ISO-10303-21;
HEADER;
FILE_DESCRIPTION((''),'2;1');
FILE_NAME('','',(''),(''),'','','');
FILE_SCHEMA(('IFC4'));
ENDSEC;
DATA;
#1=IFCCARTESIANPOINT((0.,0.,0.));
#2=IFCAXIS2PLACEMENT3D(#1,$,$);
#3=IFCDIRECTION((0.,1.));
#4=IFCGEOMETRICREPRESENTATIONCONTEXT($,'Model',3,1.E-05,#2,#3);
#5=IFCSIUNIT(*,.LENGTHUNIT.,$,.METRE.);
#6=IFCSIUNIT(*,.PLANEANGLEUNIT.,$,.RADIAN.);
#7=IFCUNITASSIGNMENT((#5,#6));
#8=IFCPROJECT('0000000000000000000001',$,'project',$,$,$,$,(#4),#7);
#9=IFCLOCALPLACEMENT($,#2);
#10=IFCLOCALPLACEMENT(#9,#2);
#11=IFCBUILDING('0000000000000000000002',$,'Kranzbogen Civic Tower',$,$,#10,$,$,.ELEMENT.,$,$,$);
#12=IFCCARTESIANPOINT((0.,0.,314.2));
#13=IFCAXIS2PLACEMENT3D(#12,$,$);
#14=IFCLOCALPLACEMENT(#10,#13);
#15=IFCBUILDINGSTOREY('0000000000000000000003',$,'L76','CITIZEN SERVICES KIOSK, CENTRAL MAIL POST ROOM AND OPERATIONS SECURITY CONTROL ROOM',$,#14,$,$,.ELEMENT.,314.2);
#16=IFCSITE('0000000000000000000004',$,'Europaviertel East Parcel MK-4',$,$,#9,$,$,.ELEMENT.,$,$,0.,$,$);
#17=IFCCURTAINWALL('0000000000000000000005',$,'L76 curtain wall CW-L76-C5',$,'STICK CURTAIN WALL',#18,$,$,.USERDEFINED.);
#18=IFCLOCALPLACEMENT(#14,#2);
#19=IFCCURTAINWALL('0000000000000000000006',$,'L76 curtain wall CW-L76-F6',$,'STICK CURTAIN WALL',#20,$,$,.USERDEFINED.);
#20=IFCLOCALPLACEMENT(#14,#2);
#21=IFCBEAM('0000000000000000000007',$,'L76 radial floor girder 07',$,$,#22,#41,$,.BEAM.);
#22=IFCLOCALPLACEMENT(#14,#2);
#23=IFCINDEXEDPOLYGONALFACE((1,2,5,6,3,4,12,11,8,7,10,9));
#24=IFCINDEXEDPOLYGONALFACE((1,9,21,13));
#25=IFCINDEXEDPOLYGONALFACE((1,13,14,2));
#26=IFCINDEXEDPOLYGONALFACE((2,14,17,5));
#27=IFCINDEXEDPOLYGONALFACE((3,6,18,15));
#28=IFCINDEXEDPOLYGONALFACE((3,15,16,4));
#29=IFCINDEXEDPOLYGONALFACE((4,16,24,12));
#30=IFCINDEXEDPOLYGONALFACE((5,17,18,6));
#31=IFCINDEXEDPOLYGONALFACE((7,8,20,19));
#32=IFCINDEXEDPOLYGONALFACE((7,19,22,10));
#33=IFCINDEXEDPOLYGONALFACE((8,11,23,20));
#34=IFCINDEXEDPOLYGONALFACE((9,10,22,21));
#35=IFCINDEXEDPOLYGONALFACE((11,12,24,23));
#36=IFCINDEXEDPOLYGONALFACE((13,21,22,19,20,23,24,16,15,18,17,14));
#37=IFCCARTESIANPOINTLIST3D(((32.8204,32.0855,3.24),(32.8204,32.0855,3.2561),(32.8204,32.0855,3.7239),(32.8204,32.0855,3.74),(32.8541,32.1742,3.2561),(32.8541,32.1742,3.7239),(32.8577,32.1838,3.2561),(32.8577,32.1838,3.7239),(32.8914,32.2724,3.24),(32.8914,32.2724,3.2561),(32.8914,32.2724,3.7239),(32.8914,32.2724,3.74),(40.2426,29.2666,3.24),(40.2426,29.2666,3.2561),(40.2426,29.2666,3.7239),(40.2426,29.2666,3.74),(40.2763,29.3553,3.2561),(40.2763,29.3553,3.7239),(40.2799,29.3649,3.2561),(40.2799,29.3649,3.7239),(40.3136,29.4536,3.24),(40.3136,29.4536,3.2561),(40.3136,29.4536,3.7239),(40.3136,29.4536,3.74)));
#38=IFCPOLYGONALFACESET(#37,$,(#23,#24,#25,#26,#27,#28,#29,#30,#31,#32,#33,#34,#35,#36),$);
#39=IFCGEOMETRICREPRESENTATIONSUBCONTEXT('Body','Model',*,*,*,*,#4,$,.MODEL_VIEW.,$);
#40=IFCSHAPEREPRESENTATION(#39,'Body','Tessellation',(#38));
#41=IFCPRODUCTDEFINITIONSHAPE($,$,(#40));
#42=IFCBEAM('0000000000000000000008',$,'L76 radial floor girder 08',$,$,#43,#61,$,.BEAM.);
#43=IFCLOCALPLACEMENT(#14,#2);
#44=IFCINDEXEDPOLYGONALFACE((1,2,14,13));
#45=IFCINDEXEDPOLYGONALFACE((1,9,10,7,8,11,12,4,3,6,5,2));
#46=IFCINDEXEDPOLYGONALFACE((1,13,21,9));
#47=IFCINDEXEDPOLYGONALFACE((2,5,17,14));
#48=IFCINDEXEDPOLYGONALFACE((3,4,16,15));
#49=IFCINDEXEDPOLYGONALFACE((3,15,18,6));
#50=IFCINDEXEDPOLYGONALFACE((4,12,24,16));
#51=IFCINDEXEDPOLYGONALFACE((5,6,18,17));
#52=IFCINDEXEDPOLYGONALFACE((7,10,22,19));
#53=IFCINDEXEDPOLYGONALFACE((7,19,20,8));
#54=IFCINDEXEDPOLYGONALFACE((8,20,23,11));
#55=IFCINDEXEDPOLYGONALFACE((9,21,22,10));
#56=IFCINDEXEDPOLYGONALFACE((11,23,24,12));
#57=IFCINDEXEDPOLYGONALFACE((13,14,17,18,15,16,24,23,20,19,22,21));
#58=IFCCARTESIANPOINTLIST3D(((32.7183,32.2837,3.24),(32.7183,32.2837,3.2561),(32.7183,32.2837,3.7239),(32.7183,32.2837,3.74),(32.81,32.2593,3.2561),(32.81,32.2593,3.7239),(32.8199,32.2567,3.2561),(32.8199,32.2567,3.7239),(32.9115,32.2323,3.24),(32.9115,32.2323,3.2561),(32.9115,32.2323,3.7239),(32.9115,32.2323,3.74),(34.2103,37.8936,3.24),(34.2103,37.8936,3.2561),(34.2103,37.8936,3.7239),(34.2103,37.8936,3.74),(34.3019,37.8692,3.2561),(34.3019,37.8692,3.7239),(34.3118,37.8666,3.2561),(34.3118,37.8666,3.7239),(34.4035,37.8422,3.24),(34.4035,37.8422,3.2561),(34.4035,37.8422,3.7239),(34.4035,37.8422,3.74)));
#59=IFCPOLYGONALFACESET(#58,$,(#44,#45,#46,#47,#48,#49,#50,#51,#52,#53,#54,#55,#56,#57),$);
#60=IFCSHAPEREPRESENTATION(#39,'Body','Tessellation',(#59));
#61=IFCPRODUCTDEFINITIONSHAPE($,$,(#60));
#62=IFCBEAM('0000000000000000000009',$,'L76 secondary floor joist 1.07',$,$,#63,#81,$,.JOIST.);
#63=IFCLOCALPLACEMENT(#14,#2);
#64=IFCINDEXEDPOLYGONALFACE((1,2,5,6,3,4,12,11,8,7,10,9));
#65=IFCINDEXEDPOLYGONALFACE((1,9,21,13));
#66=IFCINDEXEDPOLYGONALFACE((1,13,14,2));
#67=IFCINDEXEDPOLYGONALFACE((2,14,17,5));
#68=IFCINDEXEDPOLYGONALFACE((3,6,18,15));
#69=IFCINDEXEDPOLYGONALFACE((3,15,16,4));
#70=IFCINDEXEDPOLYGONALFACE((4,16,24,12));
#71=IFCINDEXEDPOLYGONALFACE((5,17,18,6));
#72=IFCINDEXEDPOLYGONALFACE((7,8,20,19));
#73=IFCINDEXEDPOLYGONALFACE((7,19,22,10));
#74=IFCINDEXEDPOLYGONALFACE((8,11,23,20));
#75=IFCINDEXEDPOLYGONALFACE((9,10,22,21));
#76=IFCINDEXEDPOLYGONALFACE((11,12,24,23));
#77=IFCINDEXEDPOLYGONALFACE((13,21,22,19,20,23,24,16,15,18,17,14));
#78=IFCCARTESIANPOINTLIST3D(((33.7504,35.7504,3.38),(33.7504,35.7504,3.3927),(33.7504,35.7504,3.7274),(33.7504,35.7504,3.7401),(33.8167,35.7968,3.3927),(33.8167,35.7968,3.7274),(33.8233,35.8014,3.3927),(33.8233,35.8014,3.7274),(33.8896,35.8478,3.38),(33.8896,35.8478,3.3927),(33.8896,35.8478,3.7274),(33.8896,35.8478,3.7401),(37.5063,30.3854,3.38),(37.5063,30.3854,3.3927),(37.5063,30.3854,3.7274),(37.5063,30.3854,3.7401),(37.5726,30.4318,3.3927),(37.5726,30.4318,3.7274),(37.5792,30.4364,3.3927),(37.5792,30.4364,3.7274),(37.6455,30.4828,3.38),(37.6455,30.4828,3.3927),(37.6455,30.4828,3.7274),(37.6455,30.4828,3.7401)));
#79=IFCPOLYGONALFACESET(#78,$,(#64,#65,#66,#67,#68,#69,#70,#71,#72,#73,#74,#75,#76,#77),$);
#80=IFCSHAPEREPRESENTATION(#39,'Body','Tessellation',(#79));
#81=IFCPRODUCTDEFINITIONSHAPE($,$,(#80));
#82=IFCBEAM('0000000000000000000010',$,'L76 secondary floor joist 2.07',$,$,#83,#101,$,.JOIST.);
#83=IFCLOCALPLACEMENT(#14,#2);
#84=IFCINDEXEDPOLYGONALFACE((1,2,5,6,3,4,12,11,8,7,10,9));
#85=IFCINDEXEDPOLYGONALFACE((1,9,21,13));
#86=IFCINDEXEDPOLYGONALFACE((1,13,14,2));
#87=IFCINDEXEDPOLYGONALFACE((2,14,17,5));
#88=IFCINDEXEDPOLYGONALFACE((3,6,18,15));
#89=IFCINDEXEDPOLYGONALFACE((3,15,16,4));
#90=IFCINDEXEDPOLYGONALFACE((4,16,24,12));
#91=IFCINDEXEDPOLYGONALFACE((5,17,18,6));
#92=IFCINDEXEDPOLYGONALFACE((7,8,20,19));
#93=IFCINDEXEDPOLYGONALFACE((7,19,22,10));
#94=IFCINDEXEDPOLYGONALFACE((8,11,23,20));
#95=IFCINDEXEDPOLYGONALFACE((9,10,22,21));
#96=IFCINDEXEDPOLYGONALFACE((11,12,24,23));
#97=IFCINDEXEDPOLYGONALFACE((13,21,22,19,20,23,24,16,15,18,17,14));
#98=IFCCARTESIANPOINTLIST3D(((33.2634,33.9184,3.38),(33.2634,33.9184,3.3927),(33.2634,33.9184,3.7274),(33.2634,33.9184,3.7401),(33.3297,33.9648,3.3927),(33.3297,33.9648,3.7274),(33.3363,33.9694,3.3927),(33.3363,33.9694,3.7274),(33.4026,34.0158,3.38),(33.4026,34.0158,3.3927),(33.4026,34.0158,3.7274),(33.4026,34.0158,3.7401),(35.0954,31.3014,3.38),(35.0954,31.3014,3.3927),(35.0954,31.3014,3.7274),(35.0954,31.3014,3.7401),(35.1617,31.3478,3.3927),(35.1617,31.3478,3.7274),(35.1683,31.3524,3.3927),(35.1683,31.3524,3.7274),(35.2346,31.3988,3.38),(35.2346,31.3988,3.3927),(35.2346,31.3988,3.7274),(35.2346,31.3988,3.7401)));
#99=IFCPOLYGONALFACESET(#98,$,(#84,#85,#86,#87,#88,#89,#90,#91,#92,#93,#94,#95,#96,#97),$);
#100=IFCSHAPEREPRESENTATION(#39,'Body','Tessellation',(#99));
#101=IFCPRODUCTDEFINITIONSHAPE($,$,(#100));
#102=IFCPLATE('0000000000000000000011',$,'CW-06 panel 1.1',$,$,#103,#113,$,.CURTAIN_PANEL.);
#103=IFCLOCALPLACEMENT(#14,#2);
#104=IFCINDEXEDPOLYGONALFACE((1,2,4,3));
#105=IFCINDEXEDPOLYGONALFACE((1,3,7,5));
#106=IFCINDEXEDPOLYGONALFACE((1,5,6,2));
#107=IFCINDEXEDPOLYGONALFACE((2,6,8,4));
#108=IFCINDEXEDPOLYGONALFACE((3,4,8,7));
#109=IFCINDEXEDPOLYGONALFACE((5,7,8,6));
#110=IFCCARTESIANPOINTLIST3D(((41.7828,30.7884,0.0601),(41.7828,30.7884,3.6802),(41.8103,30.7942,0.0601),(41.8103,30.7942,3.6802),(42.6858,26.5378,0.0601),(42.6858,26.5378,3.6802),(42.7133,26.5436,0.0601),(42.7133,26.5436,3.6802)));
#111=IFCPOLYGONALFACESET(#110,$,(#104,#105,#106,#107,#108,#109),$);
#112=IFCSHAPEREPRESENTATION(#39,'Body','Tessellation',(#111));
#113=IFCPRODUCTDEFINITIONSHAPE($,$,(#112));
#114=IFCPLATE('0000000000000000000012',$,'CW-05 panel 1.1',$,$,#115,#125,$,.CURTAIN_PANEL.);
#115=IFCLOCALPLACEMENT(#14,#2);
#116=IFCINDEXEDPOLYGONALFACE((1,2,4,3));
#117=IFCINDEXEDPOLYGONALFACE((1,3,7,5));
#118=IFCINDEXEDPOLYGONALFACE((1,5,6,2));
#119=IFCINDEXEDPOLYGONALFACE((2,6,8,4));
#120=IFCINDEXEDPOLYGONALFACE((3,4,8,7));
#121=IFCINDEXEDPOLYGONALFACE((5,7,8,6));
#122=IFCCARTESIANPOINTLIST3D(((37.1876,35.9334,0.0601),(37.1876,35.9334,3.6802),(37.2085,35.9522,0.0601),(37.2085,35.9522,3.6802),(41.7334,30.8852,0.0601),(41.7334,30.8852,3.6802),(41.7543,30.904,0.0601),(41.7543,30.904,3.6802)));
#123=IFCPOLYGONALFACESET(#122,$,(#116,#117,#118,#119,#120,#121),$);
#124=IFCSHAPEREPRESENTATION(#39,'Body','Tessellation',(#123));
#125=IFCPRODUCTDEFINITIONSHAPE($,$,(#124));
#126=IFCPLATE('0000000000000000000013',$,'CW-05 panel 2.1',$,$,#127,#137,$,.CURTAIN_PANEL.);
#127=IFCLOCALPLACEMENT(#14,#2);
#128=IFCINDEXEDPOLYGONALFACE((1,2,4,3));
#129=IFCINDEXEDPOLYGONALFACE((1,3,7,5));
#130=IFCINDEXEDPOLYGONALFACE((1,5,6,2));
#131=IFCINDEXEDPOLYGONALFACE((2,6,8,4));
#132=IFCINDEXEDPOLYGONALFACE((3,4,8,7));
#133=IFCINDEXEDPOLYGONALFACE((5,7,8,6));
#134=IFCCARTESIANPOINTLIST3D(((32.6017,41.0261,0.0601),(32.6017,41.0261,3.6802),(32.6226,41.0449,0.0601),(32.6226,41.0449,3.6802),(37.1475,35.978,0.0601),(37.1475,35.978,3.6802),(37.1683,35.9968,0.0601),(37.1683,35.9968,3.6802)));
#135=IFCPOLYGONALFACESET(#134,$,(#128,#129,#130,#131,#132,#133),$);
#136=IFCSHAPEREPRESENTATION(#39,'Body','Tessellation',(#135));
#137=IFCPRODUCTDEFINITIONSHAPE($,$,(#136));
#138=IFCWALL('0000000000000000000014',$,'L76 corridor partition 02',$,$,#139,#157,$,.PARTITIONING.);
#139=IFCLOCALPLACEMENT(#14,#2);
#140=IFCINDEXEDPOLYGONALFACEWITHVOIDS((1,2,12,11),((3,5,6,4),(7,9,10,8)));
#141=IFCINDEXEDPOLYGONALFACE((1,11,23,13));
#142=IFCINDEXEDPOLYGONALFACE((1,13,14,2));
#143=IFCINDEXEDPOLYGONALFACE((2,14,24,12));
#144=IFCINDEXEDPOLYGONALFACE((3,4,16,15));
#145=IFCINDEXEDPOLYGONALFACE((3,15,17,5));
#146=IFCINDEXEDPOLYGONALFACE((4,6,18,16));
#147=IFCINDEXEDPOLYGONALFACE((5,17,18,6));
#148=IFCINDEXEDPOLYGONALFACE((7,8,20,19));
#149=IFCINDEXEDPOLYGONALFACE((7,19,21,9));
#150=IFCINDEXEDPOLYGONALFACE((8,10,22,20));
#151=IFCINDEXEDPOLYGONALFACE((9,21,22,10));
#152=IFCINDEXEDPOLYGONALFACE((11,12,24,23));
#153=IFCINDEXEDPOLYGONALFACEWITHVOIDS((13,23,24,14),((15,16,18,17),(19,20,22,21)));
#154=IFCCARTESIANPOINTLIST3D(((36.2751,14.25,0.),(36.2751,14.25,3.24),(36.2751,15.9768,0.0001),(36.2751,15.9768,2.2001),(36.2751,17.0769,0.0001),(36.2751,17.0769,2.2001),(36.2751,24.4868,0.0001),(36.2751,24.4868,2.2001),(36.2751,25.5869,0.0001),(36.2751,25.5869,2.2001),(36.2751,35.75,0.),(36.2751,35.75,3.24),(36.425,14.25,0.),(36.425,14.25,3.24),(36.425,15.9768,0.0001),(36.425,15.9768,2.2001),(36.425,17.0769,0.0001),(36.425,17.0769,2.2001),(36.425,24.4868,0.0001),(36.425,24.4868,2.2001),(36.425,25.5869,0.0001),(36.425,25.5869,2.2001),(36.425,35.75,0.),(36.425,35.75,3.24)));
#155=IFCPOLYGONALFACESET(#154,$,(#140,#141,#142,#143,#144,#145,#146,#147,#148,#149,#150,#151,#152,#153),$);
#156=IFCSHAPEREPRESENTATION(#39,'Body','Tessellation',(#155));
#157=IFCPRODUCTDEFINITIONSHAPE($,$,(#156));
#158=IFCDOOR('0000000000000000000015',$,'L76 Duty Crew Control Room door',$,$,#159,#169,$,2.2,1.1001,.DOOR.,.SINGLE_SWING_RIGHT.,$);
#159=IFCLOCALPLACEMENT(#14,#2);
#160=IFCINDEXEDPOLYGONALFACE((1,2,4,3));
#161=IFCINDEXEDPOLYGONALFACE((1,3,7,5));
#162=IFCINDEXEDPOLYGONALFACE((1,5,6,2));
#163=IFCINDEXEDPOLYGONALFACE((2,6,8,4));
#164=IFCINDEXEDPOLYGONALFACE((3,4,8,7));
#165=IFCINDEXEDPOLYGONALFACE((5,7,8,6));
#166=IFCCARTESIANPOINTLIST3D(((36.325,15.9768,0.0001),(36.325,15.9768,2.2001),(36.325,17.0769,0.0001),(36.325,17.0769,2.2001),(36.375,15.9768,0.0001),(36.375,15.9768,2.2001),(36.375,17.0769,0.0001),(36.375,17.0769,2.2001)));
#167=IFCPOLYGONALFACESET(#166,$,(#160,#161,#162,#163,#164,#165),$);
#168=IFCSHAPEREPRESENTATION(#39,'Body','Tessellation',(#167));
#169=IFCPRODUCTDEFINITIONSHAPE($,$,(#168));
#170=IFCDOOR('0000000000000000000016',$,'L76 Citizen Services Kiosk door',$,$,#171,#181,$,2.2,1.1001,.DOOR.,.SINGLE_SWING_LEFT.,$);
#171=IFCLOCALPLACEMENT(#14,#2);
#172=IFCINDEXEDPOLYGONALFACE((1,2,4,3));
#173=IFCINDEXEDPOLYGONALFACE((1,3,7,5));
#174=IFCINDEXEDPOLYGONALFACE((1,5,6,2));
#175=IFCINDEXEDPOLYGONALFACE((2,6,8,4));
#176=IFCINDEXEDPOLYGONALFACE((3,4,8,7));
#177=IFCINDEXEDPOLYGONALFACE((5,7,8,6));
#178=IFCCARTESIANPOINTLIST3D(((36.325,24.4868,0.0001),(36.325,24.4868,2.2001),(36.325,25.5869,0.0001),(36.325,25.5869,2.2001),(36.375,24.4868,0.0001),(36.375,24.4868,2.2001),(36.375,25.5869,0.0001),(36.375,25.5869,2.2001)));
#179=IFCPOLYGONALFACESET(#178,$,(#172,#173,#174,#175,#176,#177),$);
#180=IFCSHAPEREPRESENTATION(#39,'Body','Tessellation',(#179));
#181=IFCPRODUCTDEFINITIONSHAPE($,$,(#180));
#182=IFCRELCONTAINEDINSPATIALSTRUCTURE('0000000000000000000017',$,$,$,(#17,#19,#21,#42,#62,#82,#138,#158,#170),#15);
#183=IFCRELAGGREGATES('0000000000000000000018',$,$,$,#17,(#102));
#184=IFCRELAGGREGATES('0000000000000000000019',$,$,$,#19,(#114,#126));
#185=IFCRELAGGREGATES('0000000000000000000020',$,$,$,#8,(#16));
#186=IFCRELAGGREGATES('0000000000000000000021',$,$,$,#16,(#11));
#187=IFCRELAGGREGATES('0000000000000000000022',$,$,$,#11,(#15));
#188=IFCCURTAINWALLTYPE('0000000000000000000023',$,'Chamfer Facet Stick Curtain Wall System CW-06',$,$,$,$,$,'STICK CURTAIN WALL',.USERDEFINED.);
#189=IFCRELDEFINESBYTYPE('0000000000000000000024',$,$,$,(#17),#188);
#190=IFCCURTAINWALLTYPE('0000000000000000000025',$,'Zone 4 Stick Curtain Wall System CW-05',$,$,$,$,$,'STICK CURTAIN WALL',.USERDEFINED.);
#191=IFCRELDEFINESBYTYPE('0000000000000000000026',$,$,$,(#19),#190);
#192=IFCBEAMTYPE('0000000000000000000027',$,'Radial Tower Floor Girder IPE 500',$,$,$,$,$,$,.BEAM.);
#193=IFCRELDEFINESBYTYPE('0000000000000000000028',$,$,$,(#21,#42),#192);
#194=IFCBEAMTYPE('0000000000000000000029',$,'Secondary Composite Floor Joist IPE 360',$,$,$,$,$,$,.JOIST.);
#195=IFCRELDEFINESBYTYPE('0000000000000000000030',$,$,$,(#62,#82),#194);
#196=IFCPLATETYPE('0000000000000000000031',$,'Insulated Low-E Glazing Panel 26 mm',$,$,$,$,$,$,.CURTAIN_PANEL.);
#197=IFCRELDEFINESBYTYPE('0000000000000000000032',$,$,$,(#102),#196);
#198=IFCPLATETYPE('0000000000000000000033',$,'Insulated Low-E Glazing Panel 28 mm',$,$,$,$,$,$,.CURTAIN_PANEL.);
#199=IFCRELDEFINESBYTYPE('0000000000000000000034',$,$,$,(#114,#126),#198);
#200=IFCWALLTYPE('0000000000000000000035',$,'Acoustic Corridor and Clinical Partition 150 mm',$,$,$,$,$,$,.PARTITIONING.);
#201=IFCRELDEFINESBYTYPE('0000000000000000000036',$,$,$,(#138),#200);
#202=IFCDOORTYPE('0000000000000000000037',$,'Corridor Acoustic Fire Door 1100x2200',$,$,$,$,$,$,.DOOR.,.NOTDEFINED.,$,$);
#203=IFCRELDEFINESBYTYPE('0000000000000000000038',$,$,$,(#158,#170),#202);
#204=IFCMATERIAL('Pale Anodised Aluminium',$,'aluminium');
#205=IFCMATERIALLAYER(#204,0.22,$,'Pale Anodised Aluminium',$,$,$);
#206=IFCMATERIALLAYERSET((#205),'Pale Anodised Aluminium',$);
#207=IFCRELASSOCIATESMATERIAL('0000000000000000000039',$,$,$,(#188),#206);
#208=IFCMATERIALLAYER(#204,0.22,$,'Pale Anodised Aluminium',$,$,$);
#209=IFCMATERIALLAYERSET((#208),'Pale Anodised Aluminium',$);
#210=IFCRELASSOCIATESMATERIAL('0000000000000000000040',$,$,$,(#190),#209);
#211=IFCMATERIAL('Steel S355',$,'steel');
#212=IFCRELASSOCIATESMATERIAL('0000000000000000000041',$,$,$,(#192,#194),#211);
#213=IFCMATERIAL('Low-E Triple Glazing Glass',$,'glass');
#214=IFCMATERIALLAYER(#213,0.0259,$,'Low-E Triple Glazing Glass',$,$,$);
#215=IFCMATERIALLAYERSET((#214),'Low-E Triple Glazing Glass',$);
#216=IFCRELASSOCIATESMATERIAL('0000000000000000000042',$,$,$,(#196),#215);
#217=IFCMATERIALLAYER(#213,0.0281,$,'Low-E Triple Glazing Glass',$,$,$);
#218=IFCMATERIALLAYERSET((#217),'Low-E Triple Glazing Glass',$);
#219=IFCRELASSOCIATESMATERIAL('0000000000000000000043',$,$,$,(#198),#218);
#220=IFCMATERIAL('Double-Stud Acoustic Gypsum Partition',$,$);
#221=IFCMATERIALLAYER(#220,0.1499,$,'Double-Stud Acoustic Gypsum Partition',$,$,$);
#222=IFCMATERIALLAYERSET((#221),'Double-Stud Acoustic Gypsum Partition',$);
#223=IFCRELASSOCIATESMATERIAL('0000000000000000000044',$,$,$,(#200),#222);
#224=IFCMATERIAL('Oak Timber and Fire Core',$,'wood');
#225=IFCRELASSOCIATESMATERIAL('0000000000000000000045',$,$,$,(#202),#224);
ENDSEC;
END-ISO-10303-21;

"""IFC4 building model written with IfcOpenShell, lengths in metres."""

from ifc_helpers import new_model, si_unit, direction, frame, frame_2d, origin, origin_2d, place, context, subcontext, project, spatial, rectangle, i_section, extrude, material, layer, layer_set, material_profile, profile_set, type_object, element, fill, aggregate, save


model = new_model("IFC4")

# Units and contexts
model_context = context("Model", 3, precision=1e-05, world=origin(), true_north=direction((0.0, 1.0)))
body_context = subcontext(model_context, "Body", "Model", "MODEL_VIEW")
ifc_project = project(units=[si_unit("LENGTHUNIT", "METRE"), si_unit("PLANEANGLEUNIT", "RADIAN")], contexts=[model_context])

# Site, building, storey
site_placement = place(None, origin())
site = spatial("IfcSite", under=ifc_project, at=site_placement, Name="Europaviertel East Parcel MK-4", CompositionType="ELEMENT", RefElevation=0.0)
building_placement = place(site_placement, origin())
building = spatial("IfcBuilding", under=site, at=building_placement, Name="Kranzbogen Civic Tower", CompositionType="ELEMENT")
storey_placement = place(building_placement, frame((0.0, 0.0, 314.2)))
storey = spatial("IfcBuildingStorey", under=building, at=storey_placement, Name="L76", Description="CITIZEN SERVICES KIOSK, CENTRAL MAIL POST ROOM AND OPERATIONS SECURITY CONTROL ROOM", CompositionType="ELEMENT", Elevation=314.2)

# Shared definitions
ifc_material_1 = material(Name="Steel S355", Category="steel")

# Curtain wall
ifc_material_2 = material(Name="Pale Anodised Aluminium", Category="aluminium")
ifc_layer_1 = layer(ifc_material_2, 0.22, Name="Pale Anodised Aluminium")
ifc_layer_set_1 = layer_set([ifc_layer_1], Name="Pale Anodised Aluminium")
curtain_wall_type_1 = type_object("IfcCurtainWallType", Name="Chamfer Facet Stick Curtain Wall System CW-06", ElementType="STICK CURTAIN WALL", PredefinedType="USERDEFINED", material=ifc_layer_set_1)
curtain_wall_1_placement = place(storey_placement, origin())
curtain_wall_1 = element("IfcCurtainWall", 1, at=curtain_wall_1_placement, inside=storey, type_object=curtain_wall_type_1, Name="L76 curtain wall CW-L76-C5", ObjectType="STICK CURTAIN WALL", PredefinedType="USERDEFINED")

# Curtain wall
ifc_layer_2 = layer(ifc_material_2, 0.22, Name="Pale Anodised Aluminium")
ifc_layer_set_2 = layer_set([ifc_layer_2], Name="Pale Anodised Aluminium")
curtain_wall_type_2 = type_object("IfcCurtainWallType", Name="Zone 4 Stick Curtain Wall System CW-05", ElementType="STICK CURTAIN WALL", PredefinedType="USERDEFINED", material=ifc_layer_set_2)
curtain_wall_2_placement = place(storey_placement, origin())
curtain_wall_2 = element("IfcCurtainWall", 2, at=curtain_wall_2_placement, inside=storey, type_object=curtain_wall_type_2, Name="L76 curtain wall CW-L76-F6", ObjectType="STICK CURTAIN WALL", PredefinedType="USERDEFINED")

# Beams
ifc_material_profile_1 = material_profile(ifc_material_1, i_section(OverallWidth=0.2, OverallDepth=0.5, WebThickness=0.0103, FlangeThickness=0.0161, at=origin_2d()), Name="IPE 500")
ifc_profile_set_1 = profile_set([ifc_material_profile_1], Name="Steel S355")
beam_type_1 = type_object("IfcBeamType", Name="Radial Tower Floor Girder IPE 500", PredefinedType="BEAM", material=ifc_profile_set_1)
beam_1_placement = place(storey_placement, frame((40.2781, 29.3601, 3.49), z_axis=(-0.934849, 0.355046, 0.0), x_axis=(-0.355046, -0.934849, 0.0)))
element("IfcBeam", 3, at=beam_1_placement, inside=storey, type_object=beam_type_1, Name="L76 radial floor girder 07", PredefinedType="BEAM", context=body_context, shape_type="SweptSolid", body=[
    extrude(i_section(OverallWidth=0.2, OverallDepth=0.5, WebThickness=0.0103, FlangeThickness=0.0161, at=origin_2d()), origin(), (0.0, 0.0, 1.0), 7.9395),
])
beam_2_placement = place(storey_placement, frame((34.3069, 37.8679, 3.49), z_axis=(-0.257016, -0.966407, 0.0), x_axis=(0.966407, -0.257016, 0.0)))
element("IfcBeam", 4, at=beam_2_placement, inside=storey, type_object=beam_type_1, Name="L76 radial floor girder 08", PredefinedType="BEAM", context=body_context, shape_type="SweptSolid", body=[
    extrude(i_section(OverallWidth=0.2, OverallDepth=0.5, WebThickness=0.0103, FlangeThickness=0.0161, at=origin_2d()), origin(), (0.0, 0.0, 1.0), 5.8049),
])
ifc_material_profile_2 = material_profile(ifc_material_1, i_section(OverallWidth=0.1699, OverallDepth=0.3601, WebThickness=0.0081, FlangeThickness=0.0127, at=origin_2d()), Name="IPE 360")
ifc_profile_set_2 = profile_set([ifc_material_profile_2], Name="Steel S355")
beam_type_2 = type_object("IfcBeamType", Name="Secondary Composite Floor Joist IPE 360", PredefinedType="JOIST", material=ifc_profile_set_2)
beam_3_placement = place(storey_placement, frame((37.5759, 30.4341, 3.5601), z_axis=(-0.5735, 0.819206, 0.0), x_axis=(-0.819206, -0.5735, 0.0)))
element("IfcBeam", 5, at=beam_3_placement, inside=storey, type_object=beam_type_2, Name="L76 secondary floor joist 1.07", PredefinedType="JOIST", context=body_context, shape_type="SweptSolid", body=[
    extrude(i_section(OverallWidth=0.1699, OverallDepth=0.3601, WebThickness=0.0081, FlangeThickness=0.0127, at=origin_2d()), origin(), (0.0, 0.0, 1.0), 6.5491),
])
beam_4_placement = place(storey_placement, frame((35.165, 31.3501, 3.5601), z_axis=(-0.573498, 0.819207, 0.0), x_axis=(-0.819207, -0.573498, 0.0)))
element("IfcBeam", 6, at=beam_4_placement, inside=storey, type_object=beam_type_2, Name="L76 secondary floor joist 2.07", PredefinedType="JOIST", context=body_context, shape_type="SweptSolid", body=[
    extrude(i_section(OverallWidth=0.1699, OverallDepth=0.3601, WebThickness=0.0081, FlangeThickness=0.0127, at=origin_2d()), origin(), (0.0, 0.0, 1.0), 3.1946),
])

# Plates
ifc_material_3 = material(Name="Low-E Triple Glazing Glass", Category="glass")
ifc_layer_3 = layer(ifc_material_3, 0.0259, Name="Low-E Triple Glazing Glass")
ifc_layer_set_3 = layer_set([ifc_layer_3], Name="Low-E Triple Glazing Glass")
plate_type_1 = type_object("IfcPlateType", Name="Insulated Low-E Glazing Panel 26 mm", PredefinedType="CURTAIN_PANEL", material=ifc_layer_set_3)
plate_1_placement = place(storey_placement, frame((42.248, 28.666, 0.0601), z_axis=(0.0, 0.0, 1.0), x_axis=(-0.207816, 0.978168, 0.0)))
plate_1 = element("IfcPlate", 7, at=plate_1_placement, type_object=plate_type_1, Name="CW-06 panel 1.1", PredefinedType="CURTAIN_PANEL", context=body_context, shape_type="SweptSolid", body=[
    extrude(rectangle(XDim=4.3455, YDim=0.0281, at=origin_2d()), origin(), (0.0, 0.0, 1.0), 3.6201),
])
aggregate(curtain_wall_1, [plate_1])
ifc_layer_4 = layer(ifc_material_3, 0.0281, Name="Low-E Triple Glazing Glass")
ifc_layer_set_4 = layer_set([ifc_layer_4], Name="Low-E Triple Glazing Glass")
plate_type_2 = type_object("IfcPlateType", Name="Insulated Low-E Glazing Panel 28 mm", PredefinedType="CURTAIN_PANEL", material=ifc_layer_set_4)
plate_2_placement = place(storey_placement, frame((39.4709, 33.4187, 0.0601), z_axis=(0.0, 0.0, 1.0), x_axis=(-0.669165, 0.743114, 0.0)))
plate_2 = element("IfcPlate", 8, at=plate_2_placement, type_object=plate_type_2, Name="CW-05 panel 1.1", PredefinedType="CURTAIN_PANEL", context=body_context, shape_type="SweptSolid", body=[
    extrude(rectangle(XDim=6.7932, YDim=0.0281, at=origin_2d()), origin(), (0.0, 0.0, 1.0), 3.6201),
])
plate_3_placement = place(storey_placement, frame((34.885, 38.5115, 0.0601), z_axis=(0.0, 0.0, 1.0), x_axis=(-0.669165, 0.743114, 0.0)))
plate_3 = element("IfcPlate", 9, at=plate_3_placement, type_object=plate_type_2, Name="CW-05 panel 2.1", PredefinedType="CURTAIN_PANEL", context=body_context, shape_type="SweptSolid", body=[
    extrude(rectangle(XDim=6.7932, YDim=0.0281, at=origin_2d()), origin(), (0.0, 0.0, 1.0), 3.6201),
])
aggregate(curtain_wall_2, [plate_2, plate_3])

# Wall, openings, doors
ifc_material_4 = material(Name="Double-Stud Acoustic Gypsum Partition")
ifc_layer_5 = layer(ifc_material_4, 0.1499, Name="Double-Stud Acoustic Gypsum Partition")
ifc_layer_set_5 = layer_set([ifc_layer_5], Name="Double-Stud Acoustic Gypsum Partition")
wall_type_1 = type_object("IfcWallType", Name="Acoustic Corridor and Clinical Partition 150 mm", PredefinedType="PARTITIONING", material=ifc_layer_set_5)
wall_1_placement = place(storey_placement, frame((36.3501, 35.75, 0.0), z_axis=(0.0, 0.0, 1.0), x_axis=(0.0, -1.0, 0.0)))
wall_1 = element("IfcWall", 10, at=wall_1_placement, inside=storey, type_object=wall_type_1, Name="L76 corridor partition 02", PredefinedType="PARTITIONING", context=body_context, shape_type="SweptSolid", body=[
    extrude(rectangle(XDim=21.5, YDim=0.1499, at=frame_2d((10.75, 0.0))), origin(), (0.0, 0.0, 1.0), 3.24),
])
opening_1_placement = place(wall_1_placement, frame((18.6731, 0.0, 0.0)))
opening_1 = element("IfcOpeningElement", 11, at=opening_1_placement, cuts=wall_1, PredefinedType="OPENING", context=body_context, shape_type="SweptSolid", body=[
    extrude(rectangle(XDim=1.1001, YDim=2.2, at=frame_2d((0.55, 1.1001))), frame((0.0, 0.085, 0.0), z_axis=(0.0, -1.0, 0.0), x_axis=(1.0, 0.0, 0.0)), (0.0, 0.0, 1.0), 0.1699),
])
opening_2_placement = place(wall_1_placement, frame((10.1631, 0.0, 0.0)))
opening_2 = element("IfcOpeningElement", 12, at=opening_2_placement, cuts=wall_1, PredefinedType="OPENING", context=body_context, shape_type="SweptSolid", body=[
    extrude(rectangle(XDim=1.1001, YDim=2.2, at=frame_2d((0.55, 1.1001))), frame((0.0, 0.085, 0.0), z_axis=(0.0, -1.0, 0.0), x_axis=(1.0, 0.0, 0.0)), (0.0, 0.0, 1.0), 0.1699),
])
ifc_material_5 = material(Name="Oak Timber and Fire Core", Category="wood")
door_type = type_object("IfcDoorType", Name="Corridor Acoustic Fire Door 1100x2200", OperationType="NOTDEFINED", PredefinedType="DOOR", material=ifc_material_5)
door_1_placement = place(opening_1_placement, origin())
door_1 = element("IfcDoor", 13, at=door_1_placement, inside=storey, type_object=door_type, Name="L76 Duty Crew Control Room door", OperationType="SINGLE_SWING_RIGHT", OverallHeight=2.2, OverallWidth=1.1001, PredefinedType="DOOR", context=body_context, shape_type="SweptSolid", body=[
    extrude(rectangle(XDim=1.1001, YDim=2.2, at=frame_2d((0.55, 1.1001))), frame((0.0, 0.0249, 0.0), z_axis=(0.0, -1.0, 0.0), x_axis=(1.0, 0.0, 0.0)), (0.0, 0.0, 1.0), 0.05),
])
fill(opening_1, door_1)
door_2_placement = place(opening_2_placement, origin())
door_2 = element("IfcDoor", 14, at=door_2_placement, inside=storey, type_object=door_type, Name="L76 Citizen Services Kiosk door", OperationType="SINGLE_SWING_LEFT", OverallHeight=2.2, OverallWidth=1.1001, PredefinedType="DOOR", context=body_context, shape_type="SweptSolid", body=[
    extrude(rectangle(XDim=1.1001, YDim=2.2, at=frame_2d((0.55, 1.1001))), frame((0.0, 0.0249, 0.0), z_axis=(0.0, -1.0, 0.0), x_axis=(1.0, 0.0, 0.0)), (0.0, 0.0, 1.0), 0.05),
])
fill(opening_2, door_2)

save(model, "model.ifc")
